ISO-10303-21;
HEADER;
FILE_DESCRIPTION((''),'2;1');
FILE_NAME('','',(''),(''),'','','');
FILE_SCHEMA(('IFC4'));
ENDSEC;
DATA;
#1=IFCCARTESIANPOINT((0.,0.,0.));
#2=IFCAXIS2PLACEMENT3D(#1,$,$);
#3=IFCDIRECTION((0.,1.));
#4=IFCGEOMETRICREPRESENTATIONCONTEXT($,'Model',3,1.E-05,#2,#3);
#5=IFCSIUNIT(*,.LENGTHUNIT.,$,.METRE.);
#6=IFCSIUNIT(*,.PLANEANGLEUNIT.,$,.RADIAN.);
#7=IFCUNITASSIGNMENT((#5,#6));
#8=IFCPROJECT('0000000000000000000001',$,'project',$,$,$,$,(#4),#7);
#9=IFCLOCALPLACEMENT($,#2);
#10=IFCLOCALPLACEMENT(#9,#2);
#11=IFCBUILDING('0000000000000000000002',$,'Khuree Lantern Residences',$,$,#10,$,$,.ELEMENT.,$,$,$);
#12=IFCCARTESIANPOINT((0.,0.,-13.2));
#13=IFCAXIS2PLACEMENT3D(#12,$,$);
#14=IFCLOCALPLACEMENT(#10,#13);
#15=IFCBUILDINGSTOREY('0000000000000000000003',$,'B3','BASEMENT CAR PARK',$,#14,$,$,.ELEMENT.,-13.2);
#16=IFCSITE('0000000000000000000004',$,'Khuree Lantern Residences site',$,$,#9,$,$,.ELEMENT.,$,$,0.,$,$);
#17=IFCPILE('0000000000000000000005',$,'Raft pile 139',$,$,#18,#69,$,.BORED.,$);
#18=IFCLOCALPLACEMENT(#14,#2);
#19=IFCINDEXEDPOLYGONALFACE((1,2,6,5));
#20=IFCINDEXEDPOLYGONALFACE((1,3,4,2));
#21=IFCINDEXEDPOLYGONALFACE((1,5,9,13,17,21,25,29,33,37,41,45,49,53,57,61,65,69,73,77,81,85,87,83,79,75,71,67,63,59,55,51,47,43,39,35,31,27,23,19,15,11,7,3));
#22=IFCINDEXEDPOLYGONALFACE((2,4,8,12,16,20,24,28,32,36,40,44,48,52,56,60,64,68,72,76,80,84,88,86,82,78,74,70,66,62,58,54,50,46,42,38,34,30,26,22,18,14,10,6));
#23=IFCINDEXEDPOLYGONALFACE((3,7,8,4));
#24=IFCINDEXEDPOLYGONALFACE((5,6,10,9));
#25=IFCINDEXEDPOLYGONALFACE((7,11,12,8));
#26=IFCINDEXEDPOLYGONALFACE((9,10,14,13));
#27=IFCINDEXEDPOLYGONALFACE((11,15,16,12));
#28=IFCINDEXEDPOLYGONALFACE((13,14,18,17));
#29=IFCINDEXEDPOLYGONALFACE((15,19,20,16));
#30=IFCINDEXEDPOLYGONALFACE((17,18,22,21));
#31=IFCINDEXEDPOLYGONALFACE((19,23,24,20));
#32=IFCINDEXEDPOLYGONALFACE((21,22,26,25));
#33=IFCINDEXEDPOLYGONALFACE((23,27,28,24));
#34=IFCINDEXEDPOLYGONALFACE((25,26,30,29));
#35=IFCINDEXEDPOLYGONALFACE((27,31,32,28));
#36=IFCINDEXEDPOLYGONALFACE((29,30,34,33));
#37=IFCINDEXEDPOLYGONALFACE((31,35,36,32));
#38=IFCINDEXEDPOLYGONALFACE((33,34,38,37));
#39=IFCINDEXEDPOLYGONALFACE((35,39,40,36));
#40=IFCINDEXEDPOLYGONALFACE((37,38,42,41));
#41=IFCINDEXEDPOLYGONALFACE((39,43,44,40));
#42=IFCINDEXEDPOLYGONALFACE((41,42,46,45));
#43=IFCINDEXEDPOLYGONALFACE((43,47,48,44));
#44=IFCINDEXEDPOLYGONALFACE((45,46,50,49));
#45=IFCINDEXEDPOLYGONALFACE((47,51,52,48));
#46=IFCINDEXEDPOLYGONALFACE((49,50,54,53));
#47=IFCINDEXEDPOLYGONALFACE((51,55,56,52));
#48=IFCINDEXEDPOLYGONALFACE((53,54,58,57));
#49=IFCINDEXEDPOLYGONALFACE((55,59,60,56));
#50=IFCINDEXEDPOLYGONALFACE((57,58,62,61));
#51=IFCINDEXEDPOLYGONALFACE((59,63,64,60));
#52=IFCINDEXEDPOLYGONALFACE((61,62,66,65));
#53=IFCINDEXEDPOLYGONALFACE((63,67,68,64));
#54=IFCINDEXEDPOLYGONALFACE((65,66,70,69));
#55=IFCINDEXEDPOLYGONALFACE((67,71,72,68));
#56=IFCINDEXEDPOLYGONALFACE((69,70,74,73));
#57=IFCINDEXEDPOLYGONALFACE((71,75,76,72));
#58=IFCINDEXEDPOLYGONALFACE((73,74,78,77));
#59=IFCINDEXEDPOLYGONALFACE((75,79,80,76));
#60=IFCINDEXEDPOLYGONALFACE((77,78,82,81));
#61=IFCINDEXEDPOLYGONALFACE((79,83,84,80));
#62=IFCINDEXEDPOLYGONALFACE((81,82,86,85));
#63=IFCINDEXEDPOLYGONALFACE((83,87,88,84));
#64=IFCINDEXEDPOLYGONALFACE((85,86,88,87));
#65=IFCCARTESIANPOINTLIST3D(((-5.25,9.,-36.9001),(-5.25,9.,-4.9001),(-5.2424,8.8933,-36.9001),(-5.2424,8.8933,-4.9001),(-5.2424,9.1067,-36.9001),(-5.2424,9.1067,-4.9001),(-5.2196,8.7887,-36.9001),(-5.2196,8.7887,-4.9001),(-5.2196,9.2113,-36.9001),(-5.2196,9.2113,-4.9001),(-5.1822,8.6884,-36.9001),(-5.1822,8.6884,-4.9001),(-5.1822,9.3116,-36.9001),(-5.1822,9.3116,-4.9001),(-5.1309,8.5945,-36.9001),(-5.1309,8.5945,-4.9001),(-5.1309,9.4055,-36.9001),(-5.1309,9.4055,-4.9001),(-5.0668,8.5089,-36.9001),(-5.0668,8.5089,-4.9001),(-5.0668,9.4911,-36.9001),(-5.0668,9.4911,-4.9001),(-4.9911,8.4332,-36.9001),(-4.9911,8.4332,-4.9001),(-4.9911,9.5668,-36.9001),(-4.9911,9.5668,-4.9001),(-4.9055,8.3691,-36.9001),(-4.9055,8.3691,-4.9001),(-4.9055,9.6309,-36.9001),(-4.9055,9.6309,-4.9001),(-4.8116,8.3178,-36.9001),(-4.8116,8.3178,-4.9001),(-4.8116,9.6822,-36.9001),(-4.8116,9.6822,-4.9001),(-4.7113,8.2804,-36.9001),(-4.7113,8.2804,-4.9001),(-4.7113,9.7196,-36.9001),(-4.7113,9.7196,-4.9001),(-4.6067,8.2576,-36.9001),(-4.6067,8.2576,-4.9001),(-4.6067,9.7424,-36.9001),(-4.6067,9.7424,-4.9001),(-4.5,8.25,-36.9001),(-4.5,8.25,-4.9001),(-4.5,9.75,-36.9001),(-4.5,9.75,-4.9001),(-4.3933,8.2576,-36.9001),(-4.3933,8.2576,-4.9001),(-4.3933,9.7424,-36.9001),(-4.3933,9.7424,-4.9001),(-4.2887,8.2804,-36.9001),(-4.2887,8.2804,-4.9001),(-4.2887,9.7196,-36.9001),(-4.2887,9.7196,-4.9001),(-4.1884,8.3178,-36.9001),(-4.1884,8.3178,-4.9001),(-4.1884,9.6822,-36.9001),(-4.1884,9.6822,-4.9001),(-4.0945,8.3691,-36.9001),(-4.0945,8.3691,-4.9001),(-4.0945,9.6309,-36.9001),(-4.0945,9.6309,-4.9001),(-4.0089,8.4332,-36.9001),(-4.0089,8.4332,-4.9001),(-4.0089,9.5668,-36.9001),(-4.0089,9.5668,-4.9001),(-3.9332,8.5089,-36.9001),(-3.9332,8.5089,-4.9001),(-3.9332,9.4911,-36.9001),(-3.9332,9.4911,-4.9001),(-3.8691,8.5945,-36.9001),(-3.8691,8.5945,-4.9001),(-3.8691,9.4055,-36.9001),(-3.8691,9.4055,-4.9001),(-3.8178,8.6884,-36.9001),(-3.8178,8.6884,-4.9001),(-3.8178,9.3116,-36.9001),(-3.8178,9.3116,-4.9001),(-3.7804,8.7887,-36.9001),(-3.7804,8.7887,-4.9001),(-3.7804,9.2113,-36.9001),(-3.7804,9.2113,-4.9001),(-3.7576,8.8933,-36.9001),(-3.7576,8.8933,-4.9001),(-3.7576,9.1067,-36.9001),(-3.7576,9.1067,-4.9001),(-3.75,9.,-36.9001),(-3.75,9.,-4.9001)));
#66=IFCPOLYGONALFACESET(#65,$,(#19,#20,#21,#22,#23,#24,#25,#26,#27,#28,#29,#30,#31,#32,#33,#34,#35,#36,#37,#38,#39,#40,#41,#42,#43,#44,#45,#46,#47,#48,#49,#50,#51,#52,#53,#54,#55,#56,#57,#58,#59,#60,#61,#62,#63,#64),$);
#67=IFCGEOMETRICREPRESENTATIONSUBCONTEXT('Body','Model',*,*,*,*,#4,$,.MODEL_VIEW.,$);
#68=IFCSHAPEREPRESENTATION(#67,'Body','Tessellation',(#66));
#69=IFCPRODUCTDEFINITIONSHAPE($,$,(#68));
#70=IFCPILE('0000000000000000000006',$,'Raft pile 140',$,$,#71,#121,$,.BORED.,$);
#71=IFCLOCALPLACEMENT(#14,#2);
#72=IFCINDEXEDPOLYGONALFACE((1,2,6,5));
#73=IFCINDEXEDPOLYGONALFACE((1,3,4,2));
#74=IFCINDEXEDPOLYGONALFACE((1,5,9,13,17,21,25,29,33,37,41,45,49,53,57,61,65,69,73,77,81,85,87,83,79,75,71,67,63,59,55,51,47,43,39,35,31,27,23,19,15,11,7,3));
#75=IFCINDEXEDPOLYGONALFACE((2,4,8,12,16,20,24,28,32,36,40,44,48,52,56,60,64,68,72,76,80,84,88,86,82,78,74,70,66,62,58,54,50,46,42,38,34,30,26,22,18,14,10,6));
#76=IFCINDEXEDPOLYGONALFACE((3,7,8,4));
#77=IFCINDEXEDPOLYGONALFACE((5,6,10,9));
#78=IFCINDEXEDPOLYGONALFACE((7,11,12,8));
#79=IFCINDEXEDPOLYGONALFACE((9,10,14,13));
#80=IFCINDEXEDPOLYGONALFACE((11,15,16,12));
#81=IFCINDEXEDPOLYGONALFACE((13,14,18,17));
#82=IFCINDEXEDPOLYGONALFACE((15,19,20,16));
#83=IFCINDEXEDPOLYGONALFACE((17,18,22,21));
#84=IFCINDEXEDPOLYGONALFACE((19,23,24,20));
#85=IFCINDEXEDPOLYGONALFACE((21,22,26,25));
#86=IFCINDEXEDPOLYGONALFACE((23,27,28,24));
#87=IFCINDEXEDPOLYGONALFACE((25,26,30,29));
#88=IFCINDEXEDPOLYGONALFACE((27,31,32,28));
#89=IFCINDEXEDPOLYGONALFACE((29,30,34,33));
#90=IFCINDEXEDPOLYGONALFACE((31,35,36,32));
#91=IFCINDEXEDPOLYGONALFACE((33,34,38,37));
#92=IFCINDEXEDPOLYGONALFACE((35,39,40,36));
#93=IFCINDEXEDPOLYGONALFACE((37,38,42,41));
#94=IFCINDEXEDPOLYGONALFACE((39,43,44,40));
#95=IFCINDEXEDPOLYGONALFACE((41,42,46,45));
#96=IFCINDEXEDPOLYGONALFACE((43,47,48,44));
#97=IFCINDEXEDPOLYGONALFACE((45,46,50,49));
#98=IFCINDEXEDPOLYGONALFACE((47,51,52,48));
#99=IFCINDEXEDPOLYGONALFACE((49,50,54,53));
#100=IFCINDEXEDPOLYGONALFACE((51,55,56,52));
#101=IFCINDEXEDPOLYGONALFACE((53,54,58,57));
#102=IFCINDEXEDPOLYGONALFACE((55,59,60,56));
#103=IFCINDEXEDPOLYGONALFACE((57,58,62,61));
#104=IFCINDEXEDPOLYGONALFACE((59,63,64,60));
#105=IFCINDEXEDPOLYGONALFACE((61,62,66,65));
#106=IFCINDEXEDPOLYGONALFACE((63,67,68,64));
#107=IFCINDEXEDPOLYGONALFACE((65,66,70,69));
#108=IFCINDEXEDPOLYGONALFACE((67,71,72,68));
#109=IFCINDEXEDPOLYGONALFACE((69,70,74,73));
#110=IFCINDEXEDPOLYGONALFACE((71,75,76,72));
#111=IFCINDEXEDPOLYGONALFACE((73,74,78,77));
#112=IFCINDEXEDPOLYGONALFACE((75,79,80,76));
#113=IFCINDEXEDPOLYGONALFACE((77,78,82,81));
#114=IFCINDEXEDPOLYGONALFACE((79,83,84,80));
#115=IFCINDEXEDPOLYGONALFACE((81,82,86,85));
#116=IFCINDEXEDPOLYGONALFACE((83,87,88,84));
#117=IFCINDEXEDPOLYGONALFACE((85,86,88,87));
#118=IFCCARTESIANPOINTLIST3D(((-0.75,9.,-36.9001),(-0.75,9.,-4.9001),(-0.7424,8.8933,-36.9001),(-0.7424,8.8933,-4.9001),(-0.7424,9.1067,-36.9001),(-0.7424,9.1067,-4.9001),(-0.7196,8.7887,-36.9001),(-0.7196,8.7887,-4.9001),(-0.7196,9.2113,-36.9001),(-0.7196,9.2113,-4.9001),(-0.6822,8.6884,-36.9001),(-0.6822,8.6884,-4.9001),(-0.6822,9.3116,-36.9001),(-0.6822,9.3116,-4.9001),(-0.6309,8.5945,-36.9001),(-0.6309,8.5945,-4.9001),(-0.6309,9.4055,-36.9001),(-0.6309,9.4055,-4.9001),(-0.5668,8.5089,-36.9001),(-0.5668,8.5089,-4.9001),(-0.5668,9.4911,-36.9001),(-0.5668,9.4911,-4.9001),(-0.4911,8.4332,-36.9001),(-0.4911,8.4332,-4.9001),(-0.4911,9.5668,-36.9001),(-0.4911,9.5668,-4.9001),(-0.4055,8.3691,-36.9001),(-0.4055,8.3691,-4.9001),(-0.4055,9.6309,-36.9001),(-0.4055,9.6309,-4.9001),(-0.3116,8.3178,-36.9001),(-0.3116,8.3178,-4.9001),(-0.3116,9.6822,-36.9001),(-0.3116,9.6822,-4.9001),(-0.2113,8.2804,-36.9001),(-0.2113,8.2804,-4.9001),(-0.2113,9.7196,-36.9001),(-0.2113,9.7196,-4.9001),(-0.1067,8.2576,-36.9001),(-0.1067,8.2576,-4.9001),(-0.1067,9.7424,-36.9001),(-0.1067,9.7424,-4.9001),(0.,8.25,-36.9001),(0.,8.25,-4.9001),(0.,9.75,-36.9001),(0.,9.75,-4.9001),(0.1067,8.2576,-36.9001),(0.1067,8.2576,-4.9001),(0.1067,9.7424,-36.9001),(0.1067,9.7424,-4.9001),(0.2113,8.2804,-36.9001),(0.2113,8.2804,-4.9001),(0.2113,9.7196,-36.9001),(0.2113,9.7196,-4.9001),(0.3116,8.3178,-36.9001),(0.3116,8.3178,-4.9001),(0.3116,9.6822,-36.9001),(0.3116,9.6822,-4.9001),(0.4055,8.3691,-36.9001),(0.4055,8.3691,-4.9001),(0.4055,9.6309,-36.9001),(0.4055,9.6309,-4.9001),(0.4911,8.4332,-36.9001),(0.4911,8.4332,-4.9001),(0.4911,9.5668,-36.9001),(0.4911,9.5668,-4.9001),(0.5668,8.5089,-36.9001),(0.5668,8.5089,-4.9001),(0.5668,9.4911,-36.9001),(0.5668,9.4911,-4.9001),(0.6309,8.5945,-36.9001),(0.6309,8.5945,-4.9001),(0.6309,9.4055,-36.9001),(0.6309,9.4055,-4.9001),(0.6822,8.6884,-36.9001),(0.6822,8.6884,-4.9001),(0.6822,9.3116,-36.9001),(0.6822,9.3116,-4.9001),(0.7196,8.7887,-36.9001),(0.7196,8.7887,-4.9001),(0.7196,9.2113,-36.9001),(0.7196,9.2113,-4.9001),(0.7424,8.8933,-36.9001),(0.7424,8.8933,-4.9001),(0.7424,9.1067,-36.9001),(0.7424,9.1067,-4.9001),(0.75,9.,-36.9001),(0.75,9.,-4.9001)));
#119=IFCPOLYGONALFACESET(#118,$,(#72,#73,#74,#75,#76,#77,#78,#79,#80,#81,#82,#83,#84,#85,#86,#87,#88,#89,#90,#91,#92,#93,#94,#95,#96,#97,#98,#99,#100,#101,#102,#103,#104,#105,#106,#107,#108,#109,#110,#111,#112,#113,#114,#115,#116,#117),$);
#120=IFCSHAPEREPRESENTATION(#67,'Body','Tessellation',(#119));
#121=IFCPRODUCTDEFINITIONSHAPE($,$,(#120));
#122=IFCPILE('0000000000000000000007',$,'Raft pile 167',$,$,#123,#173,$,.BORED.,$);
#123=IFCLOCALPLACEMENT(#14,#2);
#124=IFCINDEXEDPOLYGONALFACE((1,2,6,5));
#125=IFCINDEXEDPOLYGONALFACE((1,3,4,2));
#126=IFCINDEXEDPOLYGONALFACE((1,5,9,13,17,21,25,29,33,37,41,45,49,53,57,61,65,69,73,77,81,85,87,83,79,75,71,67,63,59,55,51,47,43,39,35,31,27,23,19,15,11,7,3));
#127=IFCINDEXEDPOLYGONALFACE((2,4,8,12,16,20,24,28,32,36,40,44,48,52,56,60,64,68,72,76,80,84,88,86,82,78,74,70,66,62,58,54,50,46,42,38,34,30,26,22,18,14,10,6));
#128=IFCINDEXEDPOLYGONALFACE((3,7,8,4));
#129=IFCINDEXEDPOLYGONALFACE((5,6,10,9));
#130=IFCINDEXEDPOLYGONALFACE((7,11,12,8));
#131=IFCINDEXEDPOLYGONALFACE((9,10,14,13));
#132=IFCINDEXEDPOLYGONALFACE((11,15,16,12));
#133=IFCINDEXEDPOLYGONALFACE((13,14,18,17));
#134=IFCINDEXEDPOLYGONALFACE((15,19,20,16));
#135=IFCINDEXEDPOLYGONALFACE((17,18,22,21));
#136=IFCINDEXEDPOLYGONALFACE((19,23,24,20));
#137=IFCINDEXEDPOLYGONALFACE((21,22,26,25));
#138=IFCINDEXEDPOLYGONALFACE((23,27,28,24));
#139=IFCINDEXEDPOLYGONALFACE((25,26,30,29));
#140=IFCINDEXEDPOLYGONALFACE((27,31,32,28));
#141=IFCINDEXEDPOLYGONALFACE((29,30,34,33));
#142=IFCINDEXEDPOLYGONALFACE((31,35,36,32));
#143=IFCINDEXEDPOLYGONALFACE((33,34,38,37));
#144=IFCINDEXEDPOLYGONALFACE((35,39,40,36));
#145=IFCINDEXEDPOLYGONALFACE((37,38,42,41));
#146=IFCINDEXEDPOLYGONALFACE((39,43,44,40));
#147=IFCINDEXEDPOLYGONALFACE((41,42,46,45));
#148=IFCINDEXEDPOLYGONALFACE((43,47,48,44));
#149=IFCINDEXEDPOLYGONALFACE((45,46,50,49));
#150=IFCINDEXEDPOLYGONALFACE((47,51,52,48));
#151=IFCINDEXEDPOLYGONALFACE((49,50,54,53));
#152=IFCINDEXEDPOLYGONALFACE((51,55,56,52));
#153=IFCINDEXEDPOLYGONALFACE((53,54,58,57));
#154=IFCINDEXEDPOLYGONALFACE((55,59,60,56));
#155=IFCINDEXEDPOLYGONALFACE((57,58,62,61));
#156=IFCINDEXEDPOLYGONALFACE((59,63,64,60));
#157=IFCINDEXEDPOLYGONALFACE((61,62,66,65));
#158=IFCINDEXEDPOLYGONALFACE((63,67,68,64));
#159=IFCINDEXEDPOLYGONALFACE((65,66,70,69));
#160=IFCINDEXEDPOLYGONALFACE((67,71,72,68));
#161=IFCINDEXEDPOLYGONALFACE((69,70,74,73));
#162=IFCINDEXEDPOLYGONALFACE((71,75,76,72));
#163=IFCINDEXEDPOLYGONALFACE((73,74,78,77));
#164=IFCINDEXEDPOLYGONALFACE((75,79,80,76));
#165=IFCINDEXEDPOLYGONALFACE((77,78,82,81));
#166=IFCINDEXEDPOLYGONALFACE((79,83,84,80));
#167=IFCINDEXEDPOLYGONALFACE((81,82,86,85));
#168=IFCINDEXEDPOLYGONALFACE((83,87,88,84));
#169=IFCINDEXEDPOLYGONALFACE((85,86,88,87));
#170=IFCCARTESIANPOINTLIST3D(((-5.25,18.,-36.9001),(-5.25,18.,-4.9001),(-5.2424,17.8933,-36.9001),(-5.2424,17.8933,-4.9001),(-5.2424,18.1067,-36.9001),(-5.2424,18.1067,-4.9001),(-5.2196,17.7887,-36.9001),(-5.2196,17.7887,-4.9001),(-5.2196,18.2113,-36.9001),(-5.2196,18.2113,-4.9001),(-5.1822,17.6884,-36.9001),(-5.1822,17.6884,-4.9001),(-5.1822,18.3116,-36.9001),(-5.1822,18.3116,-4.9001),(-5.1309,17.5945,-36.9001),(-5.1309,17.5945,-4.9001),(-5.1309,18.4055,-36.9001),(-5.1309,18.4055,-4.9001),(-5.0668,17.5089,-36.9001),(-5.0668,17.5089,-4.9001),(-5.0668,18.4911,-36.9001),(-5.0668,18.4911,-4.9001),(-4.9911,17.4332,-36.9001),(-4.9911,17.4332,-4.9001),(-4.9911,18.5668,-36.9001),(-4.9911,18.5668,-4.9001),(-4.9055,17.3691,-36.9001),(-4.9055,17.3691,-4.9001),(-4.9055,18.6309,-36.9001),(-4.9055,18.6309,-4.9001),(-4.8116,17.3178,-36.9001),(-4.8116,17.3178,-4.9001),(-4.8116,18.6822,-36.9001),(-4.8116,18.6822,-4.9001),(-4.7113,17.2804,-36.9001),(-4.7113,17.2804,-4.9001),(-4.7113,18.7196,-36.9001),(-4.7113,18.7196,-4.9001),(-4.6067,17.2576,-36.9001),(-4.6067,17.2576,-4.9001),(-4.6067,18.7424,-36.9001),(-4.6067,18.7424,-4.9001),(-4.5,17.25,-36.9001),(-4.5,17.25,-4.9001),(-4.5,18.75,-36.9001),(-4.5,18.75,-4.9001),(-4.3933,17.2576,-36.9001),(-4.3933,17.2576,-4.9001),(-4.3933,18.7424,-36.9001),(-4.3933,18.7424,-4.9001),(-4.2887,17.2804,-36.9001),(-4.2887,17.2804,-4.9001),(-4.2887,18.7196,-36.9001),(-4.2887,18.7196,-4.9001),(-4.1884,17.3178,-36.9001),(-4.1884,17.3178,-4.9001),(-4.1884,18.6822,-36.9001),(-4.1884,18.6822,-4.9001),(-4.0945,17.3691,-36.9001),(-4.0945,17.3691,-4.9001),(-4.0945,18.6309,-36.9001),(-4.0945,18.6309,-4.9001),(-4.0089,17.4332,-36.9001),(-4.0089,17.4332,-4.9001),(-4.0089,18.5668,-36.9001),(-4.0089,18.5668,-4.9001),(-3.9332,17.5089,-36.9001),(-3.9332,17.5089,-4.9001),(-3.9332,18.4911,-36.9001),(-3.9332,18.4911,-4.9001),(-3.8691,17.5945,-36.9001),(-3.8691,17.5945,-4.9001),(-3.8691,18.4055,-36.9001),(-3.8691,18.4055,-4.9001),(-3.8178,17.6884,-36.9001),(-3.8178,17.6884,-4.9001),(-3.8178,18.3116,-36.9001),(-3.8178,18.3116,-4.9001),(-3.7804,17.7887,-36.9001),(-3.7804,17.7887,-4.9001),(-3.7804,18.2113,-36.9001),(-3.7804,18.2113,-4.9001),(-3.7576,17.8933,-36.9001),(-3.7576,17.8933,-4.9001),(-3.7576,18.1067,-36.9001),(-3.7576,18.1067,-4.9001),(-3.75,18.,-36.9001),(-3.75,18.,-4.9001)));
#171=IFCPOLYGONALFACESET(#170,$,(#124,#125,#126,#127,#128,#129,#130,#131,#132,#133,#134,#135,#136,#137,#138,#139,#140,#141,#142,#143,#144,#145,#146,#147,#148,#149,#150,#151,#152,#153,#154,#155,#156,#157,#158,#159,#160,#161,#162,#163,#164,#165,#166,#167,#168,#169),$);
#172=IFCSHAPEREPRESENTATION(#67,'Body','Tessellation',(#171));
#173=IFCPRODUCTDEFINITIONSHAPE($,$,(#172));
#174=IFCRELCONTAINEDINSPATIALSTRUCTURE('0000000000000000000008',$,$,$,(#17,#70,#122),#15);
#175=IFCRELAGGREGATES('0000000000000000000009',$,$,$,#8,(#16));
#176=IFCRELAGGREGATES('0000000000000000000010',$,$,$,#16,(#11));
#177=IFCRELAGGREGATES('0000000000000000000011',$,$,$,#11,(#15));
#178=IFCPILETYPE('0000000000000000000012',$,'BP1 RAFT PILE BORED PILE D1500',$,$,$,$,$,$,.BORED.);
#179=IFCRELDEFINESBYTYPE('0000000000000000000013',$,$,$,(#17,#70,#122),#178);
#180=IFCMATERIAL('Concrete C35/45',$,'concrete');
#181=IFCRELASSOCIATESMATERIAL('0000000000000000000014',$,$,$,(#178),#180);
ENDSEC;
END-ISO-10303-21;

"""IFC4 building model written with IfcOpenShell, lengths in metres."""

from ifc_helpers import new_model, si_unit, direction, frame, origin, origin_2d, place, context, subcontext, project, spatial, circle, extrude, material, material_profile, profile_set, type_object, element, save


model = new_model("IFC4")

# Units and contexts
model_context = context("Model", 3, precision=1e-05, world=origin(), true_north=direction((0.0, 1.0)))
body_context = subcontext(model_context, "Body", "Model", "MODEL_VIEW")
ifc_project = project(units=[si_unit("LENGTHUNIT", "METRE"), si_unit("PLANEANGLEUNIT", "RADIAN")], contexts=[model_context])

# Site, building, storey
site_placement = place(None, origin())
site = spatial("IfcSite", under=ifc_project, at=site_placement, Name="Khuree Lantern Residences site", CompositionType="ELEMENT", RefElevation=0.0)
building_placement = place(site_placement, origin())
building = spatial("IfcBuilding", under=site, at=building_placement, Name="Khuree Lantern Residences", CompositionType="ELEMENT")
storey_placement = place(building_placement, frame((0.0, 0.0, -13.2)))
storey = spatial("IfcBuildingStorey", under=building, at=storey_placement, Name="B3", Description="BASEMENT CAR PARK", CompositionType="ELEMENT", Elevation=-13.2)

# Piles
ifc_material_1 = material(Name="Concrete C35/45", Category="concrete")
ifc_material_profile_1 = material_profile(ifc_material_1, circle(Radius=0.75, at=origin_2d()), Name="BORED PILE D1500")
ifc_profile_set_1 = profile_set([ifc_material_profile_1], Name="Concrete C35/45")
pile_type = type_object("IfcPileType", Name="BP1 RAFT PILE BORED PILE D1500", PredefinedType="BORED", material=ifc_profile_set_1)
for number, where, z_axis, x_axis, name in (
    (1, (-4.5, 9.0, -4.9001), (0.0, 0.0, -1.0), (1.0, 0.0, 0.0), "Raft pile 139"),
    (2, (0.0, 9.0, -4.9001), (0.0, 0.0, -1.0), (1.0, 0.0, 0.0), "Raft pile 140"),
    (3, (-4.5, 18.0, -4.9001), (0.0, 0.0, -1.0), (1.0, 0.0, 0.0), "Raft pile 167"),
):
    element("IfcPile", number, at=place(storey_placement, frame(where, z_axis=z_axis, x_axis=x_axis)), inside=storey, type_object=pile_type, Name=name, PredefinedType="BORED", context=body_context, shape_type="SweptSolid", body=[
        extrude(circle(Radius=0.75, at=origin_2d()), origin(), (0.0, 0.0, 1.0), 32.0),
    ])

save(model, "model.ifc")
